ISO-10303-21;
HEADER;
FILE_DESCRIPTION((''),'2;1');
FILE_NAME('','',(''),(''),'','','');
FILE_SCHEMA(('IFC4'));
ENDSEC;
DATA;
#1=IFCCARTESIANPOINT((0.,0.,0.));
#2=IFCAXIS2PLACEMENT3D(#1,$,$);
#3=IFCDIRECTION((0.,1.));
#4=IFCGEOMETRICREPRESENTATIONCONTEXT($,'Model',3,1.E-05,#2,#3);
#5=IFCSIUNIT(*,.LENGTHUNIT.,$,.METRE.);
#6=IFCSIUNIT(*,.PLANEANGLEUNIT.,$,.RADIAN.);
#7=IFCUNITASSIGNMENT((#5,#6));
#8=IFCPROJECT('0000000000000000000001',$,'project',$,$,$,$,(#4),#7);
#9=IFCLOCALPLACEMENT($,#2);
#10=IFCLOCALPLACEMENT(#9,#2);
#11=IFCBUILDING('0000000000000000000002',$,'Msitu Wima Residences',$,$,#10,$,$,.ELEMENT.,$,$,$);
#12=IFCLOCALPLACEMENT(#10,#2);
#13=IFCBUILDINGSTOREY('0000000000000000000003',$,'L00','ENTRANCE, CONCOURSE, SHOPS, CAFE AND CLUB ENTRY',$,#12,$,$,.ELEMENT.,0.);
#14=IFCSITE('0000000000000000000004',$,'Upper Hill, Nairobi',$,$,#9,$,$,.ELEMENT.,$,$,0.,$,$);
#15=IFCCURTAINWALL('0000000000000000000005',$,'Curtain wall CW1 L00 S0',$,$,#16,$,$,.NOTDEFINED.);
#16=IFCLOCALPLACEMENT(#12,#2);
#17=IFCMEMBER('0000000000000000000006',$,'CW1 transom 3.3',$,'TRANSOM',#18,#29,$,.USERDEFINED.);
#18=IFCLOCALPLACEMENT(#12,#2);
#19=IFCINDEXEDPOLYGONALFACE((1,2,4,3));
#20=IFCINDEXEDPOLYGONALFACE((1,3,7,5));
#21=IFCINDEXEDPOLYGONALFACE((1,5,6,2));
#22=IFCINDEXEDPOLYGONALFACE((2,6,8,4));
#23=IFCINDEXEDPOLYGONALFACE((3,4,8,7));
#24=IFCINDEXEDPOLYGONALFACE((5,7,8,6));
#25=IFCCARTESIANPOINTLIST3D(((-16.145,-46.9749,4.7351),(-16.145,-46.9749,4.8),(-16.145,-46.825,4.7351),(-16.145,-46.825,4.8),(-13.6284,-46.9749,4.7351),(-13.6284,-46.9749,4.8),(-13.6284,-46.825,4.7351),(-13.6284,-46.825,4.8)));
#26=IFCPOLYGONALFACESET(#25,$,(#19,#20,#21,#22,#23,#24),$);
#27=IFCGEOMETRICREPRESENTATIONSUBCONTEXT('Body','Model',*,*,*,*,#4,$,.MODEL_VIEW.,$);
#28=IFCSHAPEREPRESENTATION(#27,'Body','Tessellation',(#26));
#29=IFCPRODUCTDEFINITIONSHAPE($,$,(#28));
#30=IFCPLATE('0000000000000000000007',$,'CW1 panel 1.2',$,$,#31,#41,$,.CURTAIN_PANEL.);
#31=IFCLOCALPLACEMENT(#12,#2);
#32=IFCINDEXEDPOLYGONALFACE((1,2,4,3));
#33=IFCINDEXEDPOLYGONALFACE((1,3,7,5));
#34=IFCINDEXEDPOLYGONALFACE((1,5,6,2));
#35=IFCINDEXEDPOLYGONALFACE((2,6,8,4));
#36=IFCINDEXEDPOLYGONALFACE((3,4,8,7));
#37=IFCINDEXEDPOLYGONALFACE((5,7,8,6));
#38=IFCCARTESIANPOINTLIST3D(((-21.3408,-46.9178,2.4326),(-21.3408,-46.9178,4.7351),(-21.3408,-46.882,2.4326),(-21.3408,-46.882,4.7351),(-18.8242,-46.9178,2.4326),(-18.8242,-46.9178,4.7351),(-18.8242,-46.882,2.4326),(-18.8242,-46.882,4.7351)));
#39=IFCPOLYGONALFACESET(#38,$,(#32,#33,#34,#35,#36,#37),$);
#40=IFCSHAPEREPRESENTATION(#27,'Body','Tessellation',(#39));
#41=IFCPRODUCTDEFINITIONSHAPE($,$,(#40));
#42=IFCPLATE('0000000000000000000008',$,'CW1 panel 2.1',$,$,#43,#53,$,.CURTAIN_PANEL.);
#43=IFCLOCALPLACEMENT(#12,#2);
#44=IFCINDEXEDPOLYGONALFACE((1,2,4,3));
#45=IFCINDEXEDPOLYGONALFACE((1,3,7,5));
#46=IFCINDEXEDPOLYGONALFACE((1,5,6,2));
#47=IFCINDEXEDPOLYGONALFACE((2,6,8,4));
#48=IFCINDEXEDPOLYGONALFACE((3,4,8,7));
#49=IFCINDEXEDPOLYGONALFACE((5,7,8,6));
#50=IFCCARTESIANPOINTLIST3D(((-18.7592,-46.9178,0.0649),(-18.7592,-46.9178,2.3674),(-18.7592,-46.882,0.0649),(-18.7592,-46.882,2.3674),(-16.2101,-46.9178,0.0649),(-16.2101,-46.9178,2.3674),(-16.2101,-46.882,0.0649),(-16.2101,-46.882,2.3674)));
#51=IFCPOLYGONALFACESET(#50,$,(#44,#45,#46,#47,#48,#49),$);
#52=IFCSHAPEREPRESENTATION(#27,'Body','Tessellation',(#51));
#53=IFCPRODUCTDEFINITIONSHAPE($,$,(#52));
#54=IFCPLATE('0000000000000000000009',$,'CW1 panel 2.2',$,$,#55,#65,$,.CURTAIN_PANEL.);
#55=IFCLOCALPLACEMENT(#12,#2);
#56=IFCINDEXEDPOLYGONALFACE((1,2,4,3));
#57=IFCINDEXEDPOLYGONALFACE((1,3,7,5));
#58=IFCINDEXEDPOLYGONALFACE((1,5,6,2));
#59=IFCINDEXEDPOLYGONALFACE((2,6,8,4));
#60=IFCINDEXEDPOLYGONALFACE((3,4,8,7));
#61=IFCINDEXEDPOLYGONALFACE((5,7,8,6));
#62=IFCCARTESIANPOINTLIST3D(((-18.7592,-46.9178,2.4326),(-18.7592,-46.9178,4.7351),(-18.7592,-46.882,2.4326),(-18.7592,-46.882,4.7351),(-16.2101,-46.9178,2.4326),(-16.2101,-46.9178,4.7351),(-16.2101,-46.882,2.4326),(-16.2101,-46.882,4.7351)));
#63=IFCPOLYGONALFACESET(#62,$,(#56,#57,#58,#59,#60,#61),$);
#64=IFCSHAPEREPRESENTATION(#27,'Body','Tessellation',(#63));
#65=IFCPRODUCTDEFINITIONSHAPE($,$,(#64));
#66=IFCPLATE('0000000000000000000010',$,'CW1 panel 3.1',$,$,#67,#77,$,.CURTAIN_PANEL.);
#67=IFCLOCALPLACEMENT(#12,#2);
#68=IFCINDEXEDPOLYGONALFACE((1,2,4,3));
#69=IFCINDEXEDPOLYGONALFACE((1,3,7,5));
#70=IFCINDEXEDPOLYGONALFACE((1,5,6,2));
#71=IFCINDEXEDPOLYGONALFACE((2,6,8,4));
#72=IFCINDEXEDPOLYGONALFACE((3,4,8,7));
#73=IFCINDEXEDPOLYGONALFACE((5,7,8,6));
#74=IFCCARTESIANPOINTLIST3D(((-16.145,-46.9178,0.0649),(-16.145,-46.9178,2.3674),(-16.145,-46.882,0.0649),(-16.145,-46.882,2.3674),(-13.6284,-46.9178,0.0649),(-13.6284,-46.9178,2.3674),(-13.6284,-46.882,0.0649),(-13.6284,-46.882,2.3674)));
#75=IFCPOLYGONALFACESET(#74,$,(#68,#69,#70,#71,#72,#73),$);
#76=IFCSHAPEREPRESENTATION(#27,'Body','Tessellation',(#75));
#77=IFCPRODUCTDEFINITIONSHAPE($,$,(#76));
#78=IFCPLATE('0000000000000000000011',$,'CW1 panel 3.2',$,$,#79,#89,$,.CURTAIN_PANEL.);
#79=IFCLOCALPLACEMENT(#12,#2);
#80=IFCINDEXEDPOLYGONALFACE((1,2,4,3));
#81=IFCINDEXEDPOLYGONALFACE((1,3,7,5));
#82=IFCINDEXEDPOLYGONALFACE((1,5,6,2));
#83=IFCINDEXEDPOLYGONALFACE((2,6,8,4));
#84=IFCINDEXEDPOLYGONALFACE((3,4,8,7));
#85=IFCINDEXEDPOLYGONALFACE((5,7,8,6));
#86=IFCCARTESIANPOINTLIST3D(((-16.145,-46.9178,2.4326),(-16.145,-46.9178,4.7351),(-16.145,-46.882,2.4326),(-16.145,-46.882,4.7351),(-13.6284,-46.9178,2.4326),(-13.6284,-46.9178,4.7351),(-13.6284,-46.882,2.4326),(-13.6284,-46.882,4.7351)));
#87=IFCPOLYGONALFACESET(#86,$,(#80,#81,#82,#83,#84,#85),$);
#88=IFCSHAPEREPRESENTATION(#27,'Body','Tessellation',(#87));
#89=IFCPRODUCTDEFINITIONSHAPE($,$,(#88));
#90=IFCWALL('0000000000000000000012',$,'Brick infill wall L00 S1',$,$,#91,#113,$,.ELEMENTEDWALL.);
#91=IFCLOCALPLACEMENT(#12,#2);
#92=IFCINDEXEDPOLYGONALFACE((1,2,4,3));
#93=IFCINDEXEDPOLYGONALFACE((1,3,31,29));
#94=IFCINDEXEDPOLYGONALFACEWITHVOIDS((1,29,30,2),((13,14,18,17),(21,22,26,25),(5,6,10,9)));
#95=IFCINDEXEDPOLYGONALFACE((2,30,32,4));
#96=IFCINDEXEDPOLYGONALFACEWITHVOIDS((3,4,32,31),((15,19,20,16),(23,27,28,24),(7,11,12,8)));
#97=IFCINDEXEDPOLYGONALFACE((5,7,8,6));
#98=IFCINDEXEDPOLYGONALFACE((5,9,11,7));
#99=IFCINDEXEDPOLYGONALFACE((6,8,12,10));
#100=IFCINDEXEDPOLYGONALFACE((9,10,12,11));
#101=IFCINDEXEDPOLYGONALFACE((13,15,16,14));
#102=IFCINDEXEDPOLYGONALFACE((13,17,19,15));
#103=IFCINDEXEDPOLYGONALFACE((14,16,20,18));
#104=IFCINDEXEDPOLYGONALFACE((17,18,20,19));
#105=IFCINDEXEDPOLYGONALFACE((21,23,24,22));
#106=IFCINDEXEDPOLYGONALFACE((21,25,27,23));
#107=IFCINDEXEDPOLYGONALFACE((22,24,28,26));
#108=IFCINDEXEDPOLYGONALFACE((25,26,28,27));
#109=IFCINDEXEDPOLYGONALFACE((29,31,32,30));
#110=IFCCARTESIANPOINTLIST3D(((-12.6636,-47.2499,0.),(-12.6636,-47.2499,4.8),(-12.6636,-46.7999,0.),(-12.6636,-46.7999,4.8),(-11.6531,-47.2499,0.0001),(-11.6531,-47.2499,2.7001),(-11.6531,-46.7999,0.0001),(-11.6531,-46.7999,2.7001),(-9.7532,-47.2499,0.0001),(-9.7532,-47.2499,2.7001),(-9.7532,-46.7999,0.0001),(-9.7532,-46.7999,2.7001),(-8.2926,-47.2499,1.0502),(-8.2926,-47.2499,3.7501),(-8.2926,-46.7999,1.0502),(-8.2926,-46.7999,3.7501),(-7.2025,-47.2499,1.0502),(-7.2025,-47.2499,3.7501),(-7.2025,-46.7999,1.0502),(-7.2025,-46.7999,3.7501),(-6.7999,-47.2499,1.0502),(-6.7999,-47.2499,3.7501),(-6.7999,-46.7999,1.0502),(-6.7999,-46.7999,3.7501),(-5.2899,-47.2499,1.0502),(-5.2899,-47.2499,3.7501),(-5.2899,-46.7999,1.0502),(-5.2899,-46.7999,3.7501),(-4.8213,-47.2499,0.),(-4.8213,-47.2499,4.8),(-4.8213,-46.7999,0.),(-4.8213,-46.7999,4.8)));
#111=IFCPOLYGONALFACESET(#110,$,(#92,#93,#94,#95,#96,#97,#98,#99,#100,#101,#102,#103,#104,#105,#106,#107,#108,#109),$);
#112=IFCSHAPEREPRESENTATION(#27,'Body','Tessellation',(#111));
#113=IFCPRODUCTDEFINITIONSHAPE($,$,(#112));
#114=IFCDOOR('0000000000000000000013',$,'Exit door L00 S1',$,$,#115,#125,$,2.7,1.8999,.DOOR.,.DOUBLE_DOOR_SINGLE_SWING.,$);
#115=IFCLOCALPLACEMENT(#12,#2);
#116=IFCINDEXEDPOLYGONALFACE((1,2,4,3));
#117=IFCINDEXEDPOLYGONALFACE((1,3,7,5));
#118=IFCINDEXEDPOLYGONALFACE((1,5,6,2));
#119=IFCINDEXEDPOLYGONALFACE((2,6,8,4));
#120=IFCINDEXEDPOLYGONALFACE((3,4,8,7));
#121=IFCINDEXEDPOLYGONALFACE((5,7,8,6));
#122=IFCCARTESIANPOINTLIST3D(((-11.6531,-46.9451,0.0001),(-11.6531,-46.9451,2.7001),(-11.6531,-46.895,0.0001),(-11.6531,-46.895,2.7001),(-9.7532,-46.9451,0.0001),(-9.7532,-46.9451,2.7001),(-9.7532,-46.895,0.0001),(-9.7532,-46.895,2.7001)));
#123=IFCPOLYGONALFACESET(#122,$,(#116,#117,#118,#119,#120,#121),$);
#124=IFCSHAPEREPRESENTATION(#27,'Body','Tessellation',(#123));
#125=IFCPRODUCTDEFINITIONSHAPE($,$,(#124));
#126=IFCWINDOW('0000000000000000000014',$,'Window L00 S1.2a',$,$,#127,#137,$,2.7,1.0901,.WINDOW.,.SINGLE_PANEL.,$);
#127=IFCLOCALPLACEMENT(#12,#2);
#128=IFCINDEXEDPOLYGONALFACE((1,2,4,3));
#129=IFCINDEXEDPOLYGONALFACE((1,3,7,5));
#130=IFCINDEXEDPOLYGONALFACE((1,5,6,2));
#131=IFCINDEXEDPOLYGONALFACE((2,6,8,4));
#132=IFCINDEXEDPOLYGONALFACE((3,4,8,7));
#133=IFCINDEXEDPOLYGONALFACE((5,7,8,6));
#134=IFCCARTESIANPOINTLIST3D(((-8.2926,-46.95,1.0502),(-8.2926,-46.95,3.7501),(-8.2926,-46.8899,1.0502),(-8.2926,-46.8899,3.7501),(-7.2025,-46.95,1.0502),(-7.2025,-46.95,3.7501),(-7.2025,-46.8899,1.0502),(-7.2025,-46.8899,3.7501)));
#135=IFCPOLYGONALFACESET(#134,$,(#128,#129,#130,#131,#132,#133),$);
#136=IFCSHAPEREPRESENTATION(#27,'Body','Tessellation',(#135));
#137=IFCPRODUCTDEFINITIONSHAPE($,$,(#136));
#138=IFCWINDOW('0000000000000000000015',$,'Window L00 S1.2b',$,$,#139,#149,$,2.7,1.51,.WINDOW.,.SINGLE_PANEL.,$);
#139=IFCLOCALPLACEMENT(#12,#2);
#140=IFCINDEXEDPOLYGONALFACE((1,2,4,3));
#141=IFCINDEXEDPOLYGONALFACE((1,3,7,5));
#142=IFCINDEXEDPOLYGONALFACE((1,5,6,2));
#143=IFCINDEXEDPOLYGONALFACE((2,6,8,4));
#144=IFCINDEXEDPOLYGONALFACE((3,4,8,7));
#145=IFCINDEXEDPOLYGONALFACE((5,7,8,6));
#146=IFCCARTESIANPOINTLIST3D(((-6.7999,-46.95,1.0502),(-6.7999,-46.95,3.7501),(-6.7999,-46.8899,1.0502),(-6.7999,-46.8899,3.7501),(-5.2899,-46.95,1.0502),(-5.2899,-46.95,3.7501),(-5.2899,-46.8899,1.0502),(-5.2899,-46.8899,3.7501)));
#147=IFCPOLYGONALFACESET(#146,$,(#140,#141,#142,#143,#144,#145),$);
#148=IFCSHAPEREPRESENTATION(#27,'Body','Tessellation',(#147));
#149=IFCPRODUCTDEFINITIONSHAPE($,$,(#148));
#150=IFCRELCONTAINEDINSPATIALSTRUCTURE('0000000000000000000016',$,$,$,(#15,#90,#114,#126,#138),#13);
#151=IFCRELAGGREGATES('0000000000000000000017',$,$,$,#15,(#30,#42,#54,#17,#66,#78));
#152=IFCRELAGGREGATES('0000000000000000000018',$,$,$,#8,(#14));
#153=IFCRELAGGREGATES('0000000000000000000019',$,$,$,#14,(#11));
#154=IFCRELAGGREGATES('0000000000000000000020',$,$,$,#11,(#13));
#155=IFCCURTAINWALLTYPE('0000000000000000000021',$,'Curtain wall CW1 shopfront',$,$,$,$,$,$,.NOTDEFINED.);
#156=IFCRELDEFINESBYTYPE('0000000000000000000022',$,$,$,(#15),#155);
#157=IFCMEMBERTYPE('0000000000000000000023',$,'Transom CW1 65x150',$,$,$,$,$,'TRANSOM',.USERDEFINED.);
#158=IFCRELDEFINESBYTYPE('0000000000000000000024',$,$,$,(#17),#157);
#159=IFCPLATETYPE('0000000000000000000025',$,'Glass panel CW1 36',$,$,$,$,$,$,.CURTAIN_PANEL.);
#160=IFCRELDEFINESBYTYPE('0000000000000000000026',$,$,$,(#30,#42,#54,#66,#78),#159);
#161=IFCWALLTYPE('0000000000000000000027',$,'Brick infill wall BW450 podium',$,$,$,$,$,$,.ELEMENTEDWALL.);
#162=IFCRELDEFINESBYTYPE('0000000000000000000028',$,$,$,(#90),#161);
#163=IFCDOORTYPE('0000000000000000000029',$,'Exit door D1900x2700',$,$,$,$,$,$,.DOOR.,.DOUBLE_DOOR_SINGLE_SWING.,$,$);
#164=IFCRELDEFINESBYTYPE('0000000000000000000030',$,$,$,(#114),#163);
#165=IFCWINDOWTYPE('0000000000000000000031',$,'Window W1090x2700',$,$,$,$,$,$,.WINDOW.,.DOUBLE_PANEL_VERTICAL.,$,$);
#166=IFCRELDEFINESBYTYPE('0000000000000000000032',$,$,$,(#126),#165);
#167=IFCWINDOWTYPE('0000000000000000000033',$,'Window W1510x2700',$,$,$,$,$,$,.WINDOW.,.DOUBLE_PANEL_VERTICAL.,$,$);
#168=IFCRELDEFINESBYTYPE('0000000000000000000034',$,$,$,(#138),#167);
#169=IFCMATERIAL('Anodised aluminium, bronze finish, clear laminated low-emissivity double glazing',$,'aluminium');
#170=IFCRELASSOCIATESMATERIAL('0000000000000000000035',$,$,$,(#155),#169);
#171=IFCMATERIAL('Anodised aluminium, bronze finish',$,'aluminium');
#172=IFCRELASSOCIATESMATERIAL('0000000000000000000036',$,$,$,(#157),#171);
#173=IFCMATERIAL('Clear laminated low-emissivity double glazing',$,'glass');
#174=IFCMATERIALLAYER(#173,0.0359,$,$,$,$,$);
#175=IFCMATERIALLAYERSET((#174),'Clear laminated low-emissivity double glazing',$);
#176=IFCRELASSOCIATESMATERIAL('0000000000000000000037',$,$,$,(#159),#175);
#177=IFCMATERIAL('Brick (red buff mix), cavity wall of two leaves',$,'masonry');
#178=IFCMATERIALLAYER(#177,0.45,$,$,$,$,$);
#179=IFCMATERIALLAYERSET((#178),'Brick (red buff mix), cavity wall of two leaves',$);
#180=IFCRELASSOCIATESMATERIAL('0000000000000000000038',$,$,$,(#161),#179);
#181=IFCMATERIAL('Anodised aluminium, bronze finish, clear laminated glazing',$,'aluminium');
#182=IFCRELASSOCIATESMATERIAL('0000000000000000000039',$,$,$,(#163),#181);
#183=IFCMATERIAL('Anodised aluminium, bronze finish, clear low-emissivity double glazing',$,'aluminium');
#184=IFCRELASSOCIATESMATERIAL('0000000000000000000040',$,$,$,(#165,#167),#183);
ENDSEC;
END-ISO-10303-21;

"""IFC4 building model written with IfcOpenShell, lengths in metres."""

from ifc_helpers import new_model, si_unit, direction, frame, frame_2d, origin, origin_2d, place, context, subcontext, project, spatial, rectangle, extrude, material, layer, layer_set, material_profile, profile_set, type_object, element, fill, aggregate, save


model = new_model("IFC4")

# Units and contexts
model_context = context("Model", 3, precision=1e-05, world=origin(), true_north=direction((0.0, 1.0)))
body_context = subcontext(model_context, "Body", "Model", "MODEL_VIEW")
ifc_project = project(units=[si_unit("LENGTHUNIT", "METRE"), si_unit("PLANEANGLEUNIT", "RADIAN")], contexts=[model_context])

# Site, building, storey
site_placement = place(None, origin())
site = spatial("IfcSite", under=ifc_project, at=site_placement, Name="Upper Hill, Nairobi", CompositionType="ELEMENT", RefElevation=0.0)
building_placement = place(site_placement, origin())
building = spatial("IfcBuilding", under=site, at=building_placement, Name="Msitu Wima Residences", CompositionType="ELEMENT")
storey_placement = place(building_placement, origin())
storey = spatial("IfcBuildingStorey", under=building, at=storey_placement, Name="L00", Description="ENTRANCE, CONCOURSE, SHOPS, CAFE AND CLUB ENTRY", CompositionType="ELEMENT", Elevation=0.0)

# Curtain wall
ifc_material_1 = material(Name="Anodised aluminium, bronze finish, clear laminated low-emissivity double glazing", Category="aluminium")
curtain_wall_type = type_object("IfcCurtainWallType", Name="Curtain wall CW1 shopfront", PredefinedType="NOTDEFINED", material=ifc_material_1)
curtain_wall_placement = place(storey_placement, origin())
curtain_wall = element("IfcCurtainWall", 1, at=curtain_wall_placement, inside=storey, type_object=curtain_wall_type, Name="Curtain wall CW1 L00 S0", PredefinedType="NOTDEFINED")
ifc_material_2 = material(Name="Anodised aluminium, bronze finish", Category="aluminium")

# Member
ifc_material_profile_1 = material_profile(ifc_material_2, rectangle(XDim=0.1499, YDim=0.0649, at=origin_2d()), Name="Transom 65x150")
ifc_profile_set_1 = profile_set([ifc_material_profile_1], Name="Anodised aluminium, bronze finish")
member_type_1 = type_object("IfcMemberType", Name="Transom CW1 65x150", ElementType="TRANSOM", PredefinedType="USERDEFINED", material=ifc_profile_set_1)
member_1_placement = place(storey_placement, frame((-16.145, -46.8999, 4.7676), z_axis=(1.0, 0.0, 0.0), x_axis=(0.0, 1.0, 0.0)))
member_1 = element("IfcMember", 2, at=member_1_placement, type_object=member_type_1, Name="CW1 transom 3.3", ObjectType="TRANSOM", PredefinedType="USERDEFINED", context=body_context, shape_type="SweptSolid", body=[
    extrude(rectangle(XDim=0.1499, YDim=0.0649, at=origin_2d()), origin(), (0.0, 0.0, 1.0), 2.5166),
])

# Plates
ifc_material_3 = material(Name="Clear laminated low-emissivity double glazing", Category="glass")
ifc_layer_1 = layer(ifc_material_3, 0.0359)
ifc_layer_set_1 = layer_set([ifc_layer_1], Name="Clear laminated low-emissivity double glazing")
plate_type = type_object("IfcPlateType", Name="Glass panel CW1 36", PredefinedType="CURTAIN_PANEL", material=ifc_layer_set_1)
plate_1_placement = place(storey_placement, frame((-20.0825, -46.8999, 2.4326), z_axis=(0.0, 0.0, 1.0), x_axis=(1.0, 0.0, 0.0)))
plate_1 = element("IfcPlate", 3, at=plate_1_placement, type_object=plate_type, Name="CW1 panel 1.2", PredefinedType="CURTAIN_PANEL", context=body_context, shape_type="SweptSolid", body=[
    extrude(rectangle(XDim=2.5166, YDim=0.0359, at=origin_2d()), origin(), (0.0, 0.0, 1.0), 2.3025),
])
plate_2_placement = place(storey_placement, frame((-17.4846, -46.8999, 0.0649), z_axis=(0.0, 0.0, 1.0), x_axis=(1.0, 0.0, 0.0)))
plate_2 = element("IfcPlate", 4, at=plate_2_placement, type_object=plate_type, Name="CW1 panel 2.1", PredefinedType="CURTAIN_PANEL", context=body_context, shape_type="SweptSolid", body=[
    extrude(rectangle(XDim=2.5491, YDim=0.0359, at=origin_2d()), origin(), (0.0, 0.0, 1.0), 2.3025),
])
plate_3_placement = place(storey_placement, frame((-17.4846, -46.8999, 2.4326), z_axis=(0.0, 0.0, 1.0), x_axis=(1.0, 0.0, 0.0)))
plate_3 = element("IfcPlate", 5, at=plate_3_placement, type_object=plate_type, Name="CW1 panel 2.2", PredefinedType="CURTAIN_PANEL", context=body_context, shape_type="SweptSolid", body=[
    extrude(rectangle(XDim=2.5491, YDim=0.0359, at=origin_2d()), origin(), (0.0, 0.0, 1.0), 2.3025),
])
plate_4_placement = place(storey_placement, frame((-14.8867, -46.8999, 0.0649), z_axis=(0.0, 0.0, 1.0), x_axis=(1.0, 0.0, 0.0)))
plate_4 = element("IfcPlate", 6, at=plate_4_placement, type_object=plate_type, Name="CW1 panel 3.1", PredefinedType="CURTAIN_PANEL", context=body_context, shape_type="SweptSolid", body=[
    extrude(rectangle(XDim=2.5166, YDim=0.0359, at=origin_2d()), origin(), (0.0, 0.0, 1.0), 2.3025),
])
plate_5_placement = place(storey_placement, frame((-14.8867, -46.8999, 2.4326), z_axis=(0.0, 0.0, 1.0), x_axis=(1.0, 0.0, 0.0)))
plate_5 = element("IfcPlate", 7, at=plate_5_placement, type_object=plate_type, Name="CW1 panel 3.2", PredefinedType="CURTAIN_PANEL", context=body_context, shape_type="SweptSolid", body=[
    extrude(rectangle(XDim=2.5166, YDim=0.0359, at=origin_2d()), origin(), (0.0, 0.0, 1.0), 2.3025),
])
aggregate(curtain_wall, [plate_1, plate_2, plate_3, member_1, plate_4, plate_5])

# Wall, openings, door, windows
ifc_material_4 = material(Name="Brick (red buff mix), cavity wall of two leaves", Category="masonry")
ifc_layer_2 = layer(ifc_material_4, 0.45)
ifc_layer_set_2 = layer_set([ifc_layer_2], Name="Brick (red buff mix), cavity wall of two leaves")
wall_type_1 = type_object("IfcWallType", Name="Brick infill wall BW450 podium", PredefinedType="ELEMENTEDWALL", material=ifc_layer_set_2)
wall_1_placement = place(storey_placement, frame((-12.6636, -47.0249, 0.0), z_axis=(0.0, 0.0, 1.0), x_axis=(1.0, 0.0, 0.0)))
wall_1 = element("IfcWall", 8, at=wall_1_placement, inside=storey, type_object=wall_type_1, Name="Brick infill wall L00 S1", PredefinedType="ELEMENTEDWALL", context=body_context, shape_type="SweptSolid", body=[
    extrude(rectangle(XDim=7.8423, YDim=0.45, at=frame_2d((3.9211, 0.0))), origin(), (0.0, 0.0, 1.0), 4.8),
])
opening_1_placement = place(wall_1_placement, frame((1.0105, 0.0, 0.0)))
opening_1 = element("IfcOpeningElement", 9, at=opening_1_placement, cuts=wall_1, PredefinedType="OPENING", context=body_context, shape_type="SweptSolid", body=[
    extrude(rectangle(XDim=1.8999, YDim=2.7, at=frame_2d((0.95, 1.3501))), frame((0.0, 0.2349, 0.0), z_axis=(0.0, -1.0, 0.0), x_axis=(1.0, 0.0, 0.0)), (0.0, 0.0, 1.0), 0.47),
])
opening_2_placement = place(wall_1_placement, frame((4.3711, 0.0, 1.05)))
opening_2 = element("IfcOpeningElement", 10, at=opening_2_placement, cuts=wall_1, PredefinedType="OPENING", context=body_context, shape_type="SweptSolid", body=[
    extrude(rectangle(XDim=1.0901, YDim=2.7, at=frame_2d((0.5449, 1.3501))), frame((0.0, 0.2349, 0.0), z_axis=(0.0, -1.0, 0.0), x_axis=(1.0, 0.0, 0.0)), (0.0, 0.0, 1.0), 0.47),
])
opening_3_placement = place(wall_1_placement, frame((5.8638, 0.0, 1.05)))
opening_3 = element("IfcOpeningElement", 11, at=opening_3_placement, cuts=wall_1, PredefinedType="OPENING", context=body_context, shape_type="SweptSolid", body=[
    extrude(rectangle(XDim=1.51, YDim=2.7, at=frame_2d((0.7549, 1.3501))), frame((0.0, 0.2349, 0.0), z_axis=(0.0, -1.0, 0.0), x_axis=(1.0, 0.0, 0.0)), (0.0, 0.0, 1.0), 0.47),
])
ifc_material_5 = material(Name="Anodised aluminium, bronze finish, clear laminated glazing", Category="aluminium")
door_type_1 = type_object("IfcDoorType", Name="Exit door D1900x2700", OperationType="DOUBLE_DOOR_SINGLE_SWING", PredefinedType="DOOR", material=ifc_material_5)
door_1_placement = place(opening_1_placement, frame((1.8999, 0.0, 0.0), z_axis=(0.0, 0.0, 1.0), x_axis=(-1.0, 0.0, 0.0)))
door_1 = element("IfcDoor", 12, at=door_1_placement, inside=storey, type_object=door_type_1, Name="Exit door L00 S1", OperationType="DOUBLE_DOOR_SINGLE_SWING", OverallHeight=2.7, OverallWidth=1.8999, PredefinedType="DOOR", context=body_context, shape_type="SweptSolid", body=[
    extrude(rectangle(XDim=1.8999, YDim=2.7, at=frame_2d((0.95, 1.3501))), frame((0.0, -0.0798, 0.0), z_axis=(0.0, -1.0, 0.0), x_axis=(1.0, 0.0, 0.0)), (0.0, 0.0, 1.0), 0.05),
])
fill(opening_1, door_1)
ifc_material_6 = material(Name="Anodised aluminium, bronze finish, clear low-emissivity double glazing", Category="aluminium")
window_type_1 = type_object("IfcWindowType", Name="Window W1090x2700", PartitioningType="DOUBLE_PANEL_VERTICAL", PredefinedType="WINDOW", material=ifc_material_6)
window_1_placement = place(opening_2_placement, origin())
window_1 = element("IfcWindow", 13, at=window_1_placement, inside=storey, type_object=window_type_1, Name="Window L00 S1.2a", OverallHeight=2.7, OverallWidth=1.0901, PartitioningType="SINGLE_PANEL", PredefinedType="WINDOW", context=body_context, shape_type="SweptSolid", body=[
    extrude(rectangle(XDim=1.0901, YDim=2.7, at=frame_2d((0.5449, 1.3501))), frame((0.0, 0.135, 0.0), z_axis=(0.0, -1.0, 0.0), x_axis=(1.0, 0.0, 0.0)), (0.0, 0.0, 1.0), 0.0601),
])
fill(opening_2, window_1)
window_type_2 = type_object("IfcWindowType", Name="Window W1510x2700", PartitioningType="DOUBLE_PANEL_VERTICAL", PredefinedType="WINDOW", material=ifc_material_6)
window_2_placement = place(opening_3_placement, origin())
window_2 = element("IfcWindow", 14, at=window_2_placement, inside=storey, type_object=window_type_2, Name="Window L00 S1.2b", OverallHeight=2.7, OverallWidth=1.51, PartitioningType="SINGLE_PANEL", PredefinedType="WINDOW", context=body_context, shape_type="SweptSolid", body=[
    extrude(rectangle(XDim=1.51, YDim=2.7, at=frame_2d((0.7549, 1.3501))), frame((0.0, 0.135, 0.0), z_axis=(0.0, -1.0, 0.0), x_axis=(1.0, 0.0, 0.0)), (0.0, 0.0, 1.0), 0.0601),
])
fill(opening_3, window_2)

save(model, "model.ifc")
